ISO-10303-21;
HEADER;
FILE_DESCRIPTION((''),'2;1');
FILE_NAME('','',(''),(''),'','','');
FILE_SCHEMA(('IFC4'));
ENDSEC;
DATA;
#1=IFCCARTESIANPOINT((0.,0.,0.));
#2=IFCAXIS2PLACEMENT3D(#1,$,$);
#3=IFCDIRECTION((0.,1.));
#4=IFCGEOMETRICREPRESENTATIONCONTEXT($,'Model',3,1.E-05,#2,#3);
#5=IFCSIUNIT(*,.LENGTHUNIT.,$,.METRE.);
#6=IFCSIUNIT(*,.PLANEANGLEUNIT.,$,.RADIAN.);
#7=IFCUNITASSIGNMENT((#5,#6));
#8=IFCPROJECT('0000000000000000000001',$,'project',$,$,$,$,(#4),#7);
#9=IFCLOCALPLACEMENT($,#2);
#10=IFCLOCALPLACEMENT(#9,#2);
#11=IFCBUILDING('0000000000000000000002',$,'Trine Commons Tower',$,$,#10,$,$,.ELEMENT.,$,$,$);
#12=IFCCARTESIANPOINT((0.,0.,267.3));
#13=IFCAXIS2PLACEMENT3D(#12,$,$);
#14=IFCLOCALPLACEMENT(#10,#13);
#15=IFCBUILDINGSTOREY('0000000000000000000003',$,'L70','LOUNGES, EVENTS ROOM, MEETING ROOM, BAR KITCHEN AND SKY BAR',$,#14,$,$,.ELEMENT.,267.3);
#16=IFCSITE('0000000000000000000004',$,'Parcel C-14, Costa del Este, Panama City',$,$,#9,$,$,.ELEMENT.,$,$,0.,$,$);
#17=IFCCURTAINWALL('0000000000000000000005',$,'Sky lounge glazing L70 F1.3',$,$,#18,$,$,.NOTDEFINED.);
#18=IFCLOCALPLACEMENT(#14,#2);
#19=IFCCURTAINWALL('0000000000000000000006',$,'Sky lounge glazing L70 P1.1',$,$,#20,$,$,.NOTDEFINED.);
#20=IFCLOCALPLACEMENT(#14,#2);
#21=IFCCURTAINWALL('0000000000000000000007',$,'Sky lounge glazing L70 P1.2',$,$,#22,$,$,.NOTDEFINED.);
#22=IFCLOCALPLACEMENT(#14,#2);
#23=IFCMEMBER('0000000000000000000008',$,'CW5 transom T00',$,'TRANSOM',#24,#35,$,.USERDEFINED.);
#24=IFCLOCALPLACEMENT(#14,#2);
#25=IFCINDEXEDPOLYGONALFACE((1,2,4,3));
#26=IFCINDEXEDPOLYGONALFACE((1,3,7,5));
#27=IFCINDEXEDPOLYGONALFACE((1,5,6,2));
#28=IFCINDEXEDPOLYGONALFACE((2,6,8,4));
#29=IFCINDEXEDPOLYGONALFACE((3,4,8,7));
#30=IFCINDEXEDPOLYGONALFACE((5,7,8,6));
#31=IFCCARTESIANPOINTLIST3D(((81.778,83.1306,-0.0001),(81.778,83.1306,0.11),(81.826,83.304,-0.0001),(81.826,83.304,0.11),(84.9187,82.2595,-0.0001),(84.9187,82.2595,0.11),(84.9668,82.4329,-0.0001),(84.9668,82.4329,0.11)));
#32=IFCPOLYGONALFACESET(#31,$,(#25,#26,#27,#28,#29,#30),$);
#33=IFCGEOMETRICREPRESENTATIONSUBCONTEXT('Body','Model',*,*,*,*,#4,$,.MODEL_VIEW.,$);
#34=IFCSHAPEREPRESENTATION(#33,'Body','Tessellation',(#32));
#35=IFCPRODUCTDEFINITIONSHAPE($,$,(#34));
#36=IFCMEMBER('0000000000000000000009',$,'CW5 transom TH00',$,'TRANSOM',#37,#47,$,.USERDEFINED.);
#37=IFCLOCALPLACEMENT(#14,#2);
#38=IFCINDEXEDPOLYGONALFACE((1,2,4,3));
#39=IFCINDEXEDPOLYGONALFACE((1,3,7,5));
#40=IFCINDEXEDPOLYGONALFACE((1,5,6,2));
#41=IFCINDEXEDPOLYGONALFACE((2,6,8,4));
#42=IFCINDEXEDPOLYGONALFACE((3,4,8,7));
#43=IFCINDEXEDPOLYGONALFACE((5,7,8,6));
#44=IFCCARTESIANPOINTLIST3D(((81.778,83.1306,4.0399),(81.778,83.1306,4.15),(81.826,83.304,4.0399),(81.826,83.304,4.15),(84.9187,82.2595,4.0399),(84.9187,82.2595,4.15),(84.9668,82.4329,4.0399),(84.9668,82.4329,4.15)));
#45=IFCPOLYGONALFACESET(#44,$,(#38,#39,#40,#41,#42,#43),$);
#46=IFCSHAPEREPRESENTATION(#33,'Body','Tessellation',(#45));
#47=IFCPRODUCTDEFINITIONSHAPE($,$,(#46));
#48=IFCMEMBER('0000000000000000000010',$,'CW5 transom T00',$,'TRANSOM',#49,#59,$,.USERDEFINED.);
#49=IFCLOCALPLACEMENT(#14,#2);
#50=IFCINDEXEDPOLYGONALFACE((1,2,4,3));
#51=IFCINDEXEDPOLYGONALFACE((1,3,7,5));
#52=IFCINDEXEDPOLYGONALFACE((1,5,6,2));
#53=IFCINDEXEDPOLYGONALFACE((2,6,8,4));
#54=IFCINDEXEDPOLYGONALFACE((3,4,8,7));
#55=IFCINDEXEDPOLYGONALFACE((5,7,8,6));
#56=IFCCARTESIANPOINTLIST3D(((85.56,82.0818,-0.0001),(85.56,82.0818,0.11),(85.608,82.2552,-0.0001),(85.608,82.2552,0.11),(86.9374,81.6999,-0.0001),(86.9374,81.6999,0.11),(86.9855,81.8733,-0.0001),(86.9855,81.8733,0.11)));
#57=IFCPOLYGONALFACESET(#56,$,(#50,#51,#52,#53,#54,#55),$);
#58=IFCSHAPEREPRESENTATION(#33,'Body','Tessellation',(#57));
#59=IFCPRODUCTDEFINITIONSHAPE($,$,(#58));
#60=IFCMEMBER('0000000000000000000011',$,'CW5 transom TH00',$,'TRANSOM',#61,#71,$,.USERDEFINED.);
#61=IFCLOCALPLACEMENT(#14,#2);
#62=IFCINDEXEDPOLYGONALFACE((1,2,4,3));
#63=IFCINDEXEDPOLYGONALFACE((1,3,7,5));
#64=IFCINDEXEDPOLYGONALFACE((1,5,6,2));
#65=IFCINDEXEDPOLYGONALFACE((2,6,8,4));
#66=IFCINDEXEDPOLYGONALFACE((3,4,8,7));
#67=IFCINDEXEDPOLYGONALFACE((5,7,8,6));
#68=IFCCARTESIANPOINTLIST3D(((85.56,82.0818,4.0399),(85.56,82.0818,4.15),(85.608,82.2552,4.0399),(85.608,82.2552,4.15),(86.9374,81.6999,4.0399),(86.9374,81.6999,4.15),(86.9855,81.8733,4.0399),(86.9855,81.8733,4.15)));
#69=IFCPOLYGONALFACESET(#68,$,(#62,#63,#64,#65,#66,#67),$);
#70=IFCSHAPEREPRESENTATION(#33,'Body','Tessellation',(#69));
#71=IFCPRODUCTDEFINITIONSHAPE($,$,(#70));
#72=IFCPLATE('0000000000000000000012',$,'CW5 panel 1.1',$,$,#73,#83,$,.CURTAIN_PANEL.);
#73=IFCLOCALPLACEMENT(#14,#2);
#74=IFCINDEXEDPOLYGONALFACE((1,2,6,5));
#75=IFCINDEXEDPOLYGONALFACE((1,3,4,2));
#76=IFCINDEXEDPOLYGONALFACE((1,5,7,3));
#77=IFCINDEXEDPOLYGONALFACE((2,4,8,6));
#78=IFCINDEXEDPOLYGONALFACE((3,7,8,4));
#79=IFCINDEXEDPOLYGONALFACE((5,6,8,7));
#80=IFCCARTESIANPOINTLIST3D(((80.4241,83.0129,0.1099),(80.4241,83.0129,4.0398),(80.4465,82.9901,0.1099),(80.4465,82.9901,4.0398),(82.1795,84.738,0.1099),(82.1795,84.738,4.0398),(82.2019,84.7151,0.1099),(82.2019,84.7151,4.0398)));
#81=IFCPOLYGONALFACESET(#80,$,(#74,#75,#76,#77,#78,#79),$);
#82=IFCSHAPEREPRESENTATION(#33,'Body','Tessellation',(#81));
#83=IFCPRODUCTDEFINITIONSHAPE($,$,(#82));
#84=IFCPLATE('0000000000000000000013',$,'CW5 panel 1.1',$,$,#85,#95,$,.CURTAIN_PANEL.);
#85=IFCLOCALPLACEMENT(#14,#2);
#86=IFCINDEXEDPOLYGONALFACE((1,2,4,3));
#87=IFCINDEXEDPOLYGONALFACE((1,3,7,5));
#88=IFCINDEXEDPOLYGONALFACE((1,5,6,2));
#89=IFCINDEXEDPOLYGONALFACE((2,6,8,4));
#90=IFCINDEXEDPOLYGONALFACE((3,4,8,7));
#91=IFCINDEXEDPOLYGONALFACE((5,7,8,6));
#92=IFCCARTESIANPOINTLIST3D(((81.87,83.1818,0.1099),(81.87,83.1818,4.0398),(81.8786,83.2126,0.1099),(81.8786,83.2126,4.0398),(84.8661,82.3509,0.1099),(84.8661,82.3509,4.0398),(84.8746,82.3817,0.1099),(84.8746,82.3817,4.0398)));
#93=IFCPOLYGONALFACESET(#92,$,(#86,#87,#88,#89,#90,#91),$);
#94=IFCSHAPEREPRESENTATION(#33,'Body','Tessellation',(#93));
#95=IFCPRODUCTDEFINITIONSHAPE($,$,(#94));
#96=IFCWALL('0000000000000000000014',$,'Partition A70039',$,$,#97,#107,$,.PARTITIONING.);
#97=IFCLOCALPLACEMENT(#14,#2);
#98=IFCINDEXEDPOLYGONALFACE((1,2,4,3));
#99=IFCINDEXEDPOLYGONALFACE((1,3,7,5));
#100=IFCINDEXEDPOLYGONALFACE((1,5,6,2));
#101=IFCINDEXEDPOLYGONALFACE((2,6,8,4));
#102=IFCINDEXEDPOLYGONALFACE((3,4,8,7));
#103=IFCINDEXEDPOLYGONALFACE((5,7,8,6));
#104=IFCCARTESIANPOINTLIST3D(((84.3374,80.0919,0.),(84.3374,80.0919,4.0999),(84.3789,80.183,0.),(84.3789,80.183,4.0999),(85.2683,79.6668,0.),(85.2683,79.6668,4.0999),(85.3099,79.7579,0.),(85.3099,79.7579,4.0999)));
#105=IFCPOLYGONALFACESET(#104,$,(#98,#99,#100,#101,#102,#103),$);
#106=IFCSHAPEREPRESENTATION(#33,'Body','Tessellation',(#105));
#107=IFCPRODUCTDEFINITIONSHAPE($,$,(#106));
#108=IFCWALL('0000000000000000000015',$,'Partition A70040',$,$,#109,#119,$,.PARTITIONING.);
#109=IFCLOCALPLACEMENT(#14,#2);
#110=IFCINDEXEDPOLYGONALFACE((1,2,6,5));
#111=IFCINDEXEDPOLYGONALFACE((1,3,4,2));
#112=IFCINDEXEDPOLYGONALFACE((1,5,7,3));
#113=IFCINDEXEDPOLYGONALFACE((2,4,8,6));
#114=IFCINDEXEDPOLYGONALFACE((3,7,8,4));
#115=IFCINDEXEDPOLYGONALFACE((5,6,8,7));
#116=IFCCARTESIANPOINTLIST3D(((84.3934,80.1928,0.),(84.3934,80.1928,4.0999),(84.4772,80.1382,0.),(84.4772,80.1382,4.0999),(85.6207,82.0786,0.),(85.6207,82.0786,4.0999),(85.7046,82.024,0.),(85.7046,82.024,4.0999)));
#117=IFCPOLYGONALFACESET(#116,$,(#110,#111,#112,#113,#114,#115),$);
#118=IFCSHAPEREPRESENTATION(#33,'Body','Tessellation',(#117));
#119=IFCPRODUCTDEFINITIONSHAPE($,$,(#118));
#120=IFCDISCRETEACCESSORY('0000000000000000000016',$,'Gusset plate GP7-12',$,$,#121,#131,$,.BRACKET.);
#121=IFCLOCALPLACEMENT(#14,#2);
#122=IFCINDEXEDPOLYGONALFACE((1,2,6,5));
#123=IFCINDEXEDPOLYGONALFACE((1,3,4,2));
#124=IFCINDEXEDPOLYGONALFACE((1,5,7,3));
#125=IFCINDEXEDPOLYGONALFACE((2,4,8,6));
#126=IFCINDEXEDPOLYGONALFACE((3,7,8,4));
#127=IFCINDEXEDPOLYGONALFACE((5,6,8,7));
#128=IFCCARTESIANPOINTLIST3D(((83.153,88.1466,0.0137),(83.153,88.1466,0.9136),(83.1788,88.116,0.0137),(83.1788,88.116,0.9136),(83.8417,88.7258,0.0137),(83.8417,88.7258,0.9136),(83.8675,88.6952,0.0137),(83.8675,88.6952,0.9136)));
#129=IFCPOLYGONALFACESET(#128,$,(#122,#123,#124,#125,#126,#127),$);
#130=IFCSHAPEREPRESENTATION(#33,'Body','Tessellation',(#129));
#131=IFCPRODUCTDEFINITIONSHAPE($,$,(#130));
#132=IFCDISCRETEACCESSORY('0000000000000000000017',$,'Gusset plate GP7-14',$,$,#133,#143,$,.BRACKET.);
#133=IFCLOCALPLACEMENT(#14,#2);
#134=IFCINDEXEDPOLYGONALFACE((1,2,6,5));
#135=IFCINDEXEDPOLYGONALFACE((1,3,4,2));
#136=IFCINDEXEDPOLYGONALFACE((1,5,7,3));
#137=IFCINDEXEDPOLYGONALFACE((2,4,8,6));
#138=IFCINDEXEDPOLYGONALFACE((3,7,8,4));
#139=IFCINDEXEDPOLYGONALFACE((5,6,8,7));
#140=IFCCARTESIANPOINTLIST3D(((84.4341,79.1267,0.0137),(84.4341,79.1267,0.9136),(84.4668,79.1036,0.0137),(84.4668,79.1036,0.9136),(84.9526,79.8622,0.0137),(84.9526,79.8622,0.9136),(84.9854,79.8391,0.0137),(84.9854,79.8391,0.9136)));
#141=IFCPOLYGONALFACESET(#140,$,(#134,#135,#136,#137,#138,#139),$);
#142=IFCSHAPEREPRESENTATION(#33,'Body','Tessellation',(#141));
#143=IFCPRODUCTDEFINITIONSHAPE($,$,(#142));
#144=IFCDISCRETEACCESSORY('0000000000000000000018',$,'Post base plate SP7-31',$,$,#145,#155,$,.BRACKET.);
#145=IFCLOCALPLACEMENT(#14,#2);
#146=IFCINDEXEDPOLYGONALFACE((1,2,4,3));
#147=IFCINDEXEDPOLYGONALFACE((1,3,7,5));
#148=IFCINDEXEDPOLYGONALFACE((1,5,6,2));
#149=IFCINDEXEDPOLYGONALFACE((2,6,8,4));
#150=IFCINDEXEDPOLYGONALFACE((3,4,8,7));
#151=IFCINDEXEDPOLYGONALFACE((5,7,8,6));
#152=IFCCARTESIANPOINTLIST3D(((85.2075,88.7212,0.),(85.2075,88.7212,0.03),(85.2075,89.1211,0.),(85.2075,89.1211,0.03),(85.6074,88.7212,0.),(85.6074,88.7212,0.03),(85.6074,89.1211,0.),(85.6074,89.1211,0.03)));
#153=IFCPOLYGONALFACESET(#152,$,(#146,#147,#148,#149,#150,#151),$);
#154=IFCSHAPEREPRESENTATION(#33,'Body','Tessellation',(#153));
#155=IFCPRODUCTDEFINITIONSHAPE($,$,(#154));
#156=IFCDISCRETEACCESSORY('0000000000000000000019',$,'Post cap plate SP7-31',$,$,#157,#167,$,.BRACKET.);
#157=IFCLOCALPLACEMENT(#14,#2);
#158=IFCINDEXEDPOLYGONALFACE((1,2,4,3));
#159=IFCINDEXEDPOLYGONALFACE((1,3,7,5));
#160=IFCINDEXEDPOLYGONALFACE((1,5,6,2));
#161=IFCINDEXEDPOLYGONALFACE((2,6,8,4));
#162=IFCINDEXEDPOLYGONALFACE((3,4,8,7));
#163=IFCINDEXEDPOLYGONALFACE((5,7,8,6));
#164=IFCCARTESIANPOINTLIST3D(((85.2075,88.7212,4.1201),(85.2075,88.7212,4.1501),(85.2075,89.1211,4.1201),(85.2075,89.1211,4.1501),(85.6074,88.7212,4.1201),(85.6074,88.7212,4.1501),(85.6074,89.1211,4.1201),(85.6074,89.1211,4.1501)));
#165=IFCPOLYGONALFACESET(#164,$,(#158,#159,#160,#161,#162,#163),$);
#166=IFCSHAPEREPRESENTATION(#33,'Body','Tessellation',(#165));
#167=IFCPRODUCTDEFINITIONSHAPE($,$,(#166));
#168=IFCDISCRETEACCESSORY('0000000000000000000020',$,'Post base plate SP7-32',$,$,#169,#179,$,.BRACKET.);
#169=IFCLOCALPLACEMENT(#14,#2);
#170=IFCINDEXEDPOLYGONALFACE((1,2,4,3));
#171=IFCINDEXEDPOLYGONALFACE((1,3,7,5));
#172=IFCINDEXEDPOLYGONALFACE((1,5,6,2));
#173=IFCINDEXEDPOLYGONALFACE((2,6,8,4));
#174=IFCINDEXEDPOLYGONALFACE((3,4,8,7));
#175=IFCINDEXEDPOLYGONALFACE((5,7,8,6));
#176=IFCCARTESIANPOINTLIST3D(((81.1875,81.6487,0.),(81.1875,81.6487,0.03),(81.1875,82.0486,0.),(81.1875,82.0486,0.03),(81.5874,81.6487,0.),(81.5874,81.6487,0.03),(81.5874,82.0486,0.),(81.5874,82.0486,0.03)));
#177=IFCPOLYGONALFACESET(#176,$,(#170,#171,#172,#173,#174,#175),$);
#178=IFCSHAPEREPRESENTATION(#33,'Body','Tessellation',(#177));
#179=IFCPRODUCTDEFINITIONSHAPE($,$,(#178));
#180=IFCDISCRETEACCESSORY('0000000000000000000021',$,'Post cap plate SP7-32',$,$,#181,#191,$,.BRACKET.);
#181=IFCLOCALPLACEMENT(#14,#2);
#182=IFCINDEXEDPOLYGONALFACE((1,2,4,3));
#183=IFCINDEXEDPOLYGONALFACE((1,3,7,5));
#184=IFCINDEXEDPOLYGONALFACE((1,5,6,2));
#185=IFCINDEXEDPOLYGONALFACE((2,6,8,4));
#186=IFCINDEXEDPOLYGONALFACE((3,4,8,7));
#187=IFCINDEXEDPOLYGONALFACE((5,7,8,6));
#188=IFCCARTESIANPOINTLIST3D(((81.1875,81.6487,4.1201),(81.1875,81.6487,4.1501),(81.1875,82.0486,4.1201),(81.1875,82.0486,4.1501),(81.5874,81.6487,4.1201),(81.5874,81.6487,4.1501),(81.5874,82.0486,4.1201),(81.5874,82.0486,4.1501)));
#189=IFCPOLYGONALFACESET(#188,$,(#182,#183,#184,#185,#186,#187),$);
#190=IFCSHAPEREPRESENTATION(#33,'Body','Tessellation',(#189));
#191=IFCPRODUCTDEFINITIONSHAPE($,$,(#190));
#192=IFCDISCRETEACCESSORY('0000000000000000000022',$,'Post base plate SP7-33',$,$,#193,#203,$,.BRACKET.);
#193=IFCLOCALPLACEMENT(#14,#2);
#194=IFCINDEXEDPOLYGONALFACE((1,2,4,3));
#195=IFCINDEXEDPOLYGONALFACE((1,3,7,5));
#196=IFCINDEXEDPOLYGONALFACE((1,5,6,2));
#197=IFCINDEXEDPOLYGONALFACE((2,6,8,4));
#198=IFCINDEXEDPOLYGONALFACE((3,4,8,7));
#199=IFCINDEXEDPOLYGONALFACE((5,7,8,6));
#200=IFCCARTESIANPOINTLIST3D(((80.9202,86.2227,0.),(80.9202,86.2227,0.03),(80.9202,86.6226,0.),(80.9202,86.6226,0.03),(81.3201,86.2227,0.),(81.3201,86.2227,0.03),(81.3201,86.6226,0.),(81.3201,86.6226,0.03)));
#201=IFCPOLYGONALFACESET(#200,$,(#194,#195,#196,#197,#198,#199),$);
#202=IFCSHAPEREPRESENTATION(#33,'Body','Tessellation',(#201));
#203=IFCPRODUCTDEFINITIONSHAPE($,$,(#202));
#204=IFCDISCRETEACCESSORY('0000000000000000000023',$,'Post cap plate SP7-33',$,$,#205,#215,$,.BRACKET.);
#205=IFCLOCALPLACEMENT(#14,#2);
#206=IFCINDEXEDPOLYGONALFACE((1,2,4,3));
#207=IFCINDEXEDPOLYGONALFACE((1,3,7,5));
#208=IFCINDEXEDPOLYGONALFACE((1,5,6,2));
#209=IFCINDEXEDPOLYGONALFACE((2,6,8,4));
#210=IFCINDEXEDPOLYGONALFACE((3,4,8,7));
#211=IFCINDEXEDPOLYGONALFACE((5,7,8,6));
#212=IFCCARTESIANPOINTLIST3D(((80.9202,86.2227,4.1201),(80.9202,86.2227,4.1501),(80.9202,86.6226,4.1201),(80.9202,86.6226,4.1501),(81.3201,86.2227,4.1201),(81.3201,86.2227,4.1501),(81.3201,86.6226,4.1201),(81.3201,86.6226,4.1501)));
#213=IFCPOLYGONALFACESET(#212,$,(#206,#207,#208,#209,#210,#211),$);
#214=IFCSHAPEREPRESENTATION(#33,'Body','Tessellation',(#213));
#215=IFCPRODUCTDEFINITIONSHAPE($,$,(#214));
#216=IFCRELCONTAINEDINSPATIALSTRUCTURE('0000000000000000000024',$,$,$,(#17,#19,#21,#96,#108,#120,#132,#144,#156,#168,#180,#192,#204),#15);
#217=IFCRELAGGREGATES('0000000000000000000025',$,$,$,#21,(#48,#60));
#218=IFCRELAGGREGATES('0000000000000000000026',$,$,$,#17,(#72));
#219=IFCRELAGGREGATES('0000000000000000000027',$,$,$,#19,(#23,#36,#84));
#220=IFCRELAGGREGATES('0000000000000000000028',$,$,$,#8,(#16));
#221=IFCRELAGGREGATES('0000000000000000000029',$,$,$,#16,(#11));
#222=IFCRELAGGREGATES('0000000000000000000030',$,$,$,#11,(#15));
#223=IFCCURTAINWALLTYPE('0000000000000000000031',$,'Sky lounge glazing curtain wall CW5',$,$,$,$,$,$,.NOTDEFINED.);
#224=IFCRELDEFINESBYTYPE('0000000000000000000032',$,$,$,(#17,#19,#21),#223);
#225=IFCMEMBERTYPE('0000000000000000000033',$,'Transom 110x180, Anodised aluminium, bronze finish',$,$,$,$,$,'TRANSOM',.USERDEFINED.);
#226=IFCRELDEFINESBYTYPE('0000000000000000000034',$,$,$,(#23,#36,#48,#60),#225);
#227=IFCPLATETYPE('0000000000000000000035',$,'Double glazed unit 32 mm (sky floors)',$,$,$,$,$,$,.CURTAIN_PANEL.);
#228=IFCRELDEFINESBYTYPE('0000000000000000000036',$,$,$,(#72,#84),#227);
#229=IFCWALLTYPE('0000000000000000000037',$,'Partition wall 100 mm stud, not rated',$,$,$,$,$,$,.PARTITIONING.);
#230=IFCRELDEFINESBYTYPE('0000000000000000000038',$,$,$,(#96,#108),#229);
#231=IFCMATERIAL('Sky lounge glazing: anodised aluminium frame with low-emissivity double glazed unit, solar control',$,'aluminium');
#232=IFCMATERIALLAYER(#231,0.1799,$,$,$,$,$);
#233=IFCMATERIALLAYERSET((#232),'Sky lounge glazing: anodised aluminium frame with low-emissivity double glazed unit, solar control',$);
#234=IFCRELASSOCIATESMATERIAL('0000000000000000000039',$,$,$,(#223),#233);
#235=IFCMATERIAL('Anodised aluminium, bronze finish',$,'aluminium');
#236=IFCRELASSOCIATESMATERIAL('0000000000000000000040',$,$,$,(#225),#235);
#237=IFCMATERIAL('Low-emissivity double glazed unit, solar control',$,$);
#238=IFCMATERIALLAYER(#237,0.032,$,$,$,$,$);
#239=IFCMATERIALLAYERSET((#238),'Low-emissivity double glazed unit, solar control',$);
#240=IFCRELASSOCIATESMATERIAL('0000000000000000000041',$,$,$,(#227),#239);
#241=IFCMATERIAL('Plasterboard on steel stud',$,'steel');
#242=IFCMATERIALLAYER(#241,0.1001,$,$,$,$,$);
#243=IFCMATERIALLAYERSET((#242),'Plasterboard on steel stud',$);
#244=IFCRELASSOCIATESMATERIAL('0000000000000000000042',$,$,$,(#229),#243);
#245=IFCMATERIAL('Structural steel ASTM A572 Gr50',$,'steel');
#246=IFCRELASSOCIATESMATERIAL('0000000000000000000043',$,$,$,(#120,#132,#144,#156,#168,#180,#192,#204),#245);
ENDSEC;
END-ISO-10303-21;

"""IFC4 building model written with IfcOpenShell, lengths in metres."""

from ifc_helpers import new_model, si_unit, direction, frame, frame_2d, origin, origin_2d, place, context, subcontext, project, spatial, rectangle, extrude, material, layer, layer_set, material_profile, profile_set, type_object, element, aggregate, save


model = new_model("IFC4")

# Units and contexts
model_context = context("Model", 3, precision=1e-05, world=origin(), true_north=direction((0.0, 1.0)))
body_context = subcontext(model_context, "Body", "Model", "MODEL_VIEW")
ifc_project = project(units=[si_unit("LENGTHUNIT", "METRE"), si_unit("PLANEANGLEUNIT", "RADIAN")], contexts=[model_context])

# Site, building, storey
site_placement = place(None, origin())
site = spatial("IfcSite", under=ifc_project, at=site_placement, Name="Parcel C-14, Costa del Este, Panama City", CompositionType="ELEMENT", RefElevation=0.0)
building_placement = place(site_placement, origin())
building = spatial("IfcBuilding", under=site, at=building_placement, Name="Trine Commons Tower", CompositionType="ELEMENT")
storey_placement = place(building_placement, frame((0.0, 0.0, 267.3)))
storey = spatial("IfcBuildingStorey", under=building, at=storey_placement, Name="L70", Description="LOUNGES, EVENTS ROOM, MEETING ROOM, BAR KITCHEN AND SKY BAR", CompositionType="ELEMENT", Elevation=267.3)

# Curtain walls
ifc_material_1 = material(Name="Sky lounge glazing: anodised aluminium frame with low-emissivity double glazed unit, solar control", Category="aluminium")
ifc_layer_1 = layer(ifc_material_1, 0.1799)
ifc_layer_set_1 = layer_set([ifc_layer_1], Name="Sky lounge glazing: anodised aluminium frame with low-emissivity double glazed unit, solar control")
curtain_wall_type = type_object("IfcCurtainWallType", Name="Sky lounge glazing curtain wall CW5", PredefinedType="NOTDEFINED", material=ifc_layer_set_1)
curtain_wall_1_placement = place(storey_placement, origin())
curtain_wall_1 = element("IfcCurtainWall", 1, at=curtain_wall_1_placement, inside=storey, type_object=curtain_wall_type, Name="Sky lounge glazing L70 F1.3", PredefinedType="NOTDEFINED")
ifc_material_2 = material(Name="Anodised aluminium, bronze finish", Category="aluminium")
curtain_wall_2_placement = place(storey_placement, origin())
curtain_wall_2 = element("IfcCurtainWall", 2, at=curtain_wall_2_placement, inside=storey, type_object=curtain_wall_type, Name="Sky lounge glazing L70 P1.1", PredefinedType="NOTDEFINED")

# Curtain wall
curtain_wall_3_placement = place(storey_placement, origin())
curtain_wall_3 = element("IfcCurtainWall", 3, at=curtain_wall_3_placement, inside=storey, type_object=curtain_wall_type, Name="Sky lounge glazing L70 P1.2", PredefinedType="NOTDEFINED")

# Members
ifc_material_profile_1 = material_profile(ifc_material_2, rectangle(XDim=0.1799, YDim=0.1101, at=origin_2d()), Name="Transom 110x180")
ifc_profile_set_1 = profile_set([ifc_material_profile_1], Name="Anodised aluminium, bronze finish")
member_type_1 = type_object("IfcMemberType", Name="Transom 110x180, Anodised aluminium, bronze finish", ElementType="TRANSOM", PredefinedType="USERDEFINED", material=ifc_profile_set_1)
member_1_placement = place(storey_placement, frame((81.802, 83.2173, 0.0549), z_axis=(0.963621, -0.267273, 0.0), x_axis=(0.267273, 0.963621, 0.0)))
member_1 = element("IfcMember", 4, at=member_1_placement, type_object=member_type_1, Name="CW5 transom T00", ObjectType="TRANSOM", PredefinedType="USERDEFINED", context=body_context, shape_type="SweptSolid", body=[
    extrude(rectangle(XDim=0.1799, YDim=0.1101, at=origin_2d()), origin(), (0.0, 0.0, 1.0), 3.2593),
])
member_2_placement = place(storey_placement, frame((81.802, 83.2173, 4.095), z_axis=(0.963621, -0.267273, 0.0), x_axis=(0.267273, 0.963621, 0.0)))
member_2 = element("IfcMember", 5, at=member_2_placement, type_object=member_type_1, Name="CW5 transom TH00", ObjectType="TRANSOM", PredefinedType="USERDEFINED", context=body_context, shape_type="SweptSolid", body=[
    extrude(rectangle(XDim=0.1799, YDim=0.1101, at=origin_2d()), origin(), (0.0, 0.0, 1.0), 3.2593),
])
member_3_placement = place(storey_placement, frame((85.584, 82.1685, 0.0549), z_axis=(0.96366, -0.267133, 0.0), x_axis=(0.267133, 0.96366, 0.0)))
member_3 = element("IfcMember", 6, at=member_3_placement, type_object=member_type_1, Name="CW5 transom T00", ObjectType="TRANSOM", PredefinedType="USERDEFINED", context=body_context, shape_type="SweptSolid", body=[
    extrude(rectangle(XDim=0.1799, YDim=0.1101, at=origin_2d()), origin(), (0.0, 0.0, 1.0), 1.4294),
])
member_4_placement = place(storey_placement, frame((85.584, 82.1685, 4.095), z_axis=(0.96366, -0.267133, 0.0), x_axis=(0.267133, 0.96366, 0.0)))
member_4 = element("IfcMember", 7, at=member_4_placement, type_object=member_type_1, Name="CW5 transom TH00", ObjectType="TRANSOM", PredefinedType="USERDEFINED", context=body_context, shape_type="SweptSolid", body=[
    extrude(rectangle(XDim=0.1799, YDim=0.1101, at=origin_2d()), origin(), (0.0, 0.0, 1.0), 1.4294),
])
aggregate(curtain_wall_3, [member_3, member_4])

# Plates
ifc_material_3 = material(Name="Low-emissivity double glazed unit, solar control")
ifc_layer_2 = layer(ifc_material_3, 0.032)
ifc_layer_set_2 = layer_set([ifc_layer_2], Name="Low-emissivity double glazed unit, solar control")
plate_type = type_object("IfcPlateType", Name="Double glazed unit 32 mm (sky floors)", PredefinedType="CURTAIN_PANEL", material=ifc_layer_set_2)
plate_1_placement = place(storey_placement, frame((81.313, 83.864, 0.1099), z_axis=(0.0, 0.0, 1.0), x_axis=(0.71325, 0.700909, 0.0)))
plate_1 = element("IfcPlate", 8, at=plate_1_placement, type_object=plate_type, Name="CW5 panel 1.1", PredefinedType="CURTAIN_PANEL", context=body_context, shape_type="SweptSolid", body=[
    extrude(rectangle(XDim=2.4612, YDim=0.032, at=origin_2d()), origin(), (0.0, 0.0, 1.0), 3.9299),
])
aggregate(curtain_wall_1, [plate_1])
plate_2_placement = place(storey_placement, frame((83.3723, 82.7817, 0.1099), z_axis=(0.0, 0.0, 1.0), x_axis=(0.96363, -0.267238, 0.0)))
plate_2 = element("IfcPlate", 9, at=plate_2_placement, type_object=plate_type, Name="CW5 panel 1.1", PredefinedType="CURTAIN_PANEL", context=body_context, shape_type="SweptSolid", body=[
    extrude(rectangle(XDim=3.1091, YDim=0.032, at=origin_2d()), origin(), (0.0, 0.0, 1.0), 3.9299),
])
aggregate(curtain_wall_2, [member_1, member_2, plate_2])

# Walls
ifc_material_4 = material(Name="Plasterboard on steel stud", Category="steel")
ifc_layer_3 = layer(ifc_material_4, 0.1001)
ifc_layer_set_3 = layer_set([ifc_layer_3], Name="Plasterboard on steel stud")
wall_type_1 = type_object("IfcWallType", Name="Partition wall 100 mm stud, not rated", PredefinedType="PARTITIONING", material=ifc_layer_set_3)
wall_1_placement = place(storey_placement, frame((84.3582, 80.1375, 0.0), z_axis=(0.0, 0.0, 1.0), x_axis=(0.909663, -0.415348, 0.0)))
element("IfcWall", 10, at=wall_1_placement, inside=storey, type_object=wall_type_1, Name="Partition A70039", PredefinedType="PARTITIONING", context=body_context, shape_type="SweptSolid", body=[
    extrude(rectangle(XDim=1.0234, YDim=0.1001, at=frame_2d((0.5117, 0.0))), origin(), (0.0, 0.0, 1.0), 4.0999),
])
wall_2_placement = place(storey_placement, frame((84.4353, 80.1655, 0.0), z_axis=(0.0, 0.0, 1.0), x_axis=(0.545476, 0.838126, 0.0)))
element("IfcWall", 11, at=wall_2_placement, inside=storey, type_object=wall_type_1, Name="Partition A70040", PredefinedType="PARTITIONING", context=body_context, shape_type="SweptSolid", body=[
    extrude(rectangle(XDim=2.25, YDim=0.1001, at=frame_2d((1.125, 0.0))), origin(), (0.0, 0.0, 1.0), 4.0999),
])

# Discrete accessories
ifc_material_5 = material(Name="Structural steel ASTM A572 Gr50", Category="steel")
for number, where, z_axis, x_axis, name in (
    (12, (83.5103, 88.4209, 0.0137), (0.0, 0.0, 1.0), (-0.765371, -0.643589, 0.0), "Gusset plate GP7-12"),
    (13, (84.7097, 79.4829, 0.0137), (0.0, 0.0, 1.0), (-0.576247, -0.817276, 0.0), "Gusset plate GP7-14"),
):
    element("IfcDiscreteAccessory", number, at=place(storey_placement, frame(where, z_axis=z_axis, x_axis=x_axis)), inside=storey, material=ifc_material_5, Name=name, PredefinedType="BRACKET", context=body_context, shape_type="SweptSolid", body=[
        extrude(rectangle(XDim=0.8999, YDim=0.04, at=origin_2d()), origin(), (0.0, 0.0, 1.0), 0.8999),
    ])
for number, where, z_axis, x_axis, name in (
    (14, (85.4075, 88.9211, 0.0), (0.0, 0.0, 1.0), (1.0, 0.0, 0.0), "Post base plate SP7-31"),
    (15, (85.4075, 88.9211, 4.1201), (0.0, 0.0, 1.0), (1.0, 0.0, 0.0), "Post cap plate SP7-31"),
    (16, (81.3875, 81.8486, 0.0), (0.0, 0.0, 1.0), (1.0, 0.0, 0.0), "Post base plate SP7-32"),
    (17, (81.3875, 81.8486, 4.1201), (0.0, 0.0, 1.0), (1.0, 0.0, 0.0), "Post cap plate SP7-32"),
    (18, (81.1201, 86.4226, 0.0), (0.0, 0.0, 1.0), (1.0, 0.0, 0.0), "Post base plate SP7-33"),
    (19, (81.1201, 86.4226, 4.1201), (0.0, 0.0, 1.0), (1.0, 0.0, 0.0), "Post cap plate SP7-33"),
):
    element("IfcDiscreteAccessory", number, at=place(storey_placement, frame(where, z_axis=z_axis, x_axis=x_axis)), inside=storey, material=ifc_material_5, Name=name, PredefinedType="BRACKET", context=body_context, shape_type="SweptSolid", body=[
        extrude(rectangle(XDim=0.3999, YDim=0.3999, at=origin_2d()), origin(), (0.0, 0.0, 1.0), 0.03),
    ])

save(model, "model.ifc")
